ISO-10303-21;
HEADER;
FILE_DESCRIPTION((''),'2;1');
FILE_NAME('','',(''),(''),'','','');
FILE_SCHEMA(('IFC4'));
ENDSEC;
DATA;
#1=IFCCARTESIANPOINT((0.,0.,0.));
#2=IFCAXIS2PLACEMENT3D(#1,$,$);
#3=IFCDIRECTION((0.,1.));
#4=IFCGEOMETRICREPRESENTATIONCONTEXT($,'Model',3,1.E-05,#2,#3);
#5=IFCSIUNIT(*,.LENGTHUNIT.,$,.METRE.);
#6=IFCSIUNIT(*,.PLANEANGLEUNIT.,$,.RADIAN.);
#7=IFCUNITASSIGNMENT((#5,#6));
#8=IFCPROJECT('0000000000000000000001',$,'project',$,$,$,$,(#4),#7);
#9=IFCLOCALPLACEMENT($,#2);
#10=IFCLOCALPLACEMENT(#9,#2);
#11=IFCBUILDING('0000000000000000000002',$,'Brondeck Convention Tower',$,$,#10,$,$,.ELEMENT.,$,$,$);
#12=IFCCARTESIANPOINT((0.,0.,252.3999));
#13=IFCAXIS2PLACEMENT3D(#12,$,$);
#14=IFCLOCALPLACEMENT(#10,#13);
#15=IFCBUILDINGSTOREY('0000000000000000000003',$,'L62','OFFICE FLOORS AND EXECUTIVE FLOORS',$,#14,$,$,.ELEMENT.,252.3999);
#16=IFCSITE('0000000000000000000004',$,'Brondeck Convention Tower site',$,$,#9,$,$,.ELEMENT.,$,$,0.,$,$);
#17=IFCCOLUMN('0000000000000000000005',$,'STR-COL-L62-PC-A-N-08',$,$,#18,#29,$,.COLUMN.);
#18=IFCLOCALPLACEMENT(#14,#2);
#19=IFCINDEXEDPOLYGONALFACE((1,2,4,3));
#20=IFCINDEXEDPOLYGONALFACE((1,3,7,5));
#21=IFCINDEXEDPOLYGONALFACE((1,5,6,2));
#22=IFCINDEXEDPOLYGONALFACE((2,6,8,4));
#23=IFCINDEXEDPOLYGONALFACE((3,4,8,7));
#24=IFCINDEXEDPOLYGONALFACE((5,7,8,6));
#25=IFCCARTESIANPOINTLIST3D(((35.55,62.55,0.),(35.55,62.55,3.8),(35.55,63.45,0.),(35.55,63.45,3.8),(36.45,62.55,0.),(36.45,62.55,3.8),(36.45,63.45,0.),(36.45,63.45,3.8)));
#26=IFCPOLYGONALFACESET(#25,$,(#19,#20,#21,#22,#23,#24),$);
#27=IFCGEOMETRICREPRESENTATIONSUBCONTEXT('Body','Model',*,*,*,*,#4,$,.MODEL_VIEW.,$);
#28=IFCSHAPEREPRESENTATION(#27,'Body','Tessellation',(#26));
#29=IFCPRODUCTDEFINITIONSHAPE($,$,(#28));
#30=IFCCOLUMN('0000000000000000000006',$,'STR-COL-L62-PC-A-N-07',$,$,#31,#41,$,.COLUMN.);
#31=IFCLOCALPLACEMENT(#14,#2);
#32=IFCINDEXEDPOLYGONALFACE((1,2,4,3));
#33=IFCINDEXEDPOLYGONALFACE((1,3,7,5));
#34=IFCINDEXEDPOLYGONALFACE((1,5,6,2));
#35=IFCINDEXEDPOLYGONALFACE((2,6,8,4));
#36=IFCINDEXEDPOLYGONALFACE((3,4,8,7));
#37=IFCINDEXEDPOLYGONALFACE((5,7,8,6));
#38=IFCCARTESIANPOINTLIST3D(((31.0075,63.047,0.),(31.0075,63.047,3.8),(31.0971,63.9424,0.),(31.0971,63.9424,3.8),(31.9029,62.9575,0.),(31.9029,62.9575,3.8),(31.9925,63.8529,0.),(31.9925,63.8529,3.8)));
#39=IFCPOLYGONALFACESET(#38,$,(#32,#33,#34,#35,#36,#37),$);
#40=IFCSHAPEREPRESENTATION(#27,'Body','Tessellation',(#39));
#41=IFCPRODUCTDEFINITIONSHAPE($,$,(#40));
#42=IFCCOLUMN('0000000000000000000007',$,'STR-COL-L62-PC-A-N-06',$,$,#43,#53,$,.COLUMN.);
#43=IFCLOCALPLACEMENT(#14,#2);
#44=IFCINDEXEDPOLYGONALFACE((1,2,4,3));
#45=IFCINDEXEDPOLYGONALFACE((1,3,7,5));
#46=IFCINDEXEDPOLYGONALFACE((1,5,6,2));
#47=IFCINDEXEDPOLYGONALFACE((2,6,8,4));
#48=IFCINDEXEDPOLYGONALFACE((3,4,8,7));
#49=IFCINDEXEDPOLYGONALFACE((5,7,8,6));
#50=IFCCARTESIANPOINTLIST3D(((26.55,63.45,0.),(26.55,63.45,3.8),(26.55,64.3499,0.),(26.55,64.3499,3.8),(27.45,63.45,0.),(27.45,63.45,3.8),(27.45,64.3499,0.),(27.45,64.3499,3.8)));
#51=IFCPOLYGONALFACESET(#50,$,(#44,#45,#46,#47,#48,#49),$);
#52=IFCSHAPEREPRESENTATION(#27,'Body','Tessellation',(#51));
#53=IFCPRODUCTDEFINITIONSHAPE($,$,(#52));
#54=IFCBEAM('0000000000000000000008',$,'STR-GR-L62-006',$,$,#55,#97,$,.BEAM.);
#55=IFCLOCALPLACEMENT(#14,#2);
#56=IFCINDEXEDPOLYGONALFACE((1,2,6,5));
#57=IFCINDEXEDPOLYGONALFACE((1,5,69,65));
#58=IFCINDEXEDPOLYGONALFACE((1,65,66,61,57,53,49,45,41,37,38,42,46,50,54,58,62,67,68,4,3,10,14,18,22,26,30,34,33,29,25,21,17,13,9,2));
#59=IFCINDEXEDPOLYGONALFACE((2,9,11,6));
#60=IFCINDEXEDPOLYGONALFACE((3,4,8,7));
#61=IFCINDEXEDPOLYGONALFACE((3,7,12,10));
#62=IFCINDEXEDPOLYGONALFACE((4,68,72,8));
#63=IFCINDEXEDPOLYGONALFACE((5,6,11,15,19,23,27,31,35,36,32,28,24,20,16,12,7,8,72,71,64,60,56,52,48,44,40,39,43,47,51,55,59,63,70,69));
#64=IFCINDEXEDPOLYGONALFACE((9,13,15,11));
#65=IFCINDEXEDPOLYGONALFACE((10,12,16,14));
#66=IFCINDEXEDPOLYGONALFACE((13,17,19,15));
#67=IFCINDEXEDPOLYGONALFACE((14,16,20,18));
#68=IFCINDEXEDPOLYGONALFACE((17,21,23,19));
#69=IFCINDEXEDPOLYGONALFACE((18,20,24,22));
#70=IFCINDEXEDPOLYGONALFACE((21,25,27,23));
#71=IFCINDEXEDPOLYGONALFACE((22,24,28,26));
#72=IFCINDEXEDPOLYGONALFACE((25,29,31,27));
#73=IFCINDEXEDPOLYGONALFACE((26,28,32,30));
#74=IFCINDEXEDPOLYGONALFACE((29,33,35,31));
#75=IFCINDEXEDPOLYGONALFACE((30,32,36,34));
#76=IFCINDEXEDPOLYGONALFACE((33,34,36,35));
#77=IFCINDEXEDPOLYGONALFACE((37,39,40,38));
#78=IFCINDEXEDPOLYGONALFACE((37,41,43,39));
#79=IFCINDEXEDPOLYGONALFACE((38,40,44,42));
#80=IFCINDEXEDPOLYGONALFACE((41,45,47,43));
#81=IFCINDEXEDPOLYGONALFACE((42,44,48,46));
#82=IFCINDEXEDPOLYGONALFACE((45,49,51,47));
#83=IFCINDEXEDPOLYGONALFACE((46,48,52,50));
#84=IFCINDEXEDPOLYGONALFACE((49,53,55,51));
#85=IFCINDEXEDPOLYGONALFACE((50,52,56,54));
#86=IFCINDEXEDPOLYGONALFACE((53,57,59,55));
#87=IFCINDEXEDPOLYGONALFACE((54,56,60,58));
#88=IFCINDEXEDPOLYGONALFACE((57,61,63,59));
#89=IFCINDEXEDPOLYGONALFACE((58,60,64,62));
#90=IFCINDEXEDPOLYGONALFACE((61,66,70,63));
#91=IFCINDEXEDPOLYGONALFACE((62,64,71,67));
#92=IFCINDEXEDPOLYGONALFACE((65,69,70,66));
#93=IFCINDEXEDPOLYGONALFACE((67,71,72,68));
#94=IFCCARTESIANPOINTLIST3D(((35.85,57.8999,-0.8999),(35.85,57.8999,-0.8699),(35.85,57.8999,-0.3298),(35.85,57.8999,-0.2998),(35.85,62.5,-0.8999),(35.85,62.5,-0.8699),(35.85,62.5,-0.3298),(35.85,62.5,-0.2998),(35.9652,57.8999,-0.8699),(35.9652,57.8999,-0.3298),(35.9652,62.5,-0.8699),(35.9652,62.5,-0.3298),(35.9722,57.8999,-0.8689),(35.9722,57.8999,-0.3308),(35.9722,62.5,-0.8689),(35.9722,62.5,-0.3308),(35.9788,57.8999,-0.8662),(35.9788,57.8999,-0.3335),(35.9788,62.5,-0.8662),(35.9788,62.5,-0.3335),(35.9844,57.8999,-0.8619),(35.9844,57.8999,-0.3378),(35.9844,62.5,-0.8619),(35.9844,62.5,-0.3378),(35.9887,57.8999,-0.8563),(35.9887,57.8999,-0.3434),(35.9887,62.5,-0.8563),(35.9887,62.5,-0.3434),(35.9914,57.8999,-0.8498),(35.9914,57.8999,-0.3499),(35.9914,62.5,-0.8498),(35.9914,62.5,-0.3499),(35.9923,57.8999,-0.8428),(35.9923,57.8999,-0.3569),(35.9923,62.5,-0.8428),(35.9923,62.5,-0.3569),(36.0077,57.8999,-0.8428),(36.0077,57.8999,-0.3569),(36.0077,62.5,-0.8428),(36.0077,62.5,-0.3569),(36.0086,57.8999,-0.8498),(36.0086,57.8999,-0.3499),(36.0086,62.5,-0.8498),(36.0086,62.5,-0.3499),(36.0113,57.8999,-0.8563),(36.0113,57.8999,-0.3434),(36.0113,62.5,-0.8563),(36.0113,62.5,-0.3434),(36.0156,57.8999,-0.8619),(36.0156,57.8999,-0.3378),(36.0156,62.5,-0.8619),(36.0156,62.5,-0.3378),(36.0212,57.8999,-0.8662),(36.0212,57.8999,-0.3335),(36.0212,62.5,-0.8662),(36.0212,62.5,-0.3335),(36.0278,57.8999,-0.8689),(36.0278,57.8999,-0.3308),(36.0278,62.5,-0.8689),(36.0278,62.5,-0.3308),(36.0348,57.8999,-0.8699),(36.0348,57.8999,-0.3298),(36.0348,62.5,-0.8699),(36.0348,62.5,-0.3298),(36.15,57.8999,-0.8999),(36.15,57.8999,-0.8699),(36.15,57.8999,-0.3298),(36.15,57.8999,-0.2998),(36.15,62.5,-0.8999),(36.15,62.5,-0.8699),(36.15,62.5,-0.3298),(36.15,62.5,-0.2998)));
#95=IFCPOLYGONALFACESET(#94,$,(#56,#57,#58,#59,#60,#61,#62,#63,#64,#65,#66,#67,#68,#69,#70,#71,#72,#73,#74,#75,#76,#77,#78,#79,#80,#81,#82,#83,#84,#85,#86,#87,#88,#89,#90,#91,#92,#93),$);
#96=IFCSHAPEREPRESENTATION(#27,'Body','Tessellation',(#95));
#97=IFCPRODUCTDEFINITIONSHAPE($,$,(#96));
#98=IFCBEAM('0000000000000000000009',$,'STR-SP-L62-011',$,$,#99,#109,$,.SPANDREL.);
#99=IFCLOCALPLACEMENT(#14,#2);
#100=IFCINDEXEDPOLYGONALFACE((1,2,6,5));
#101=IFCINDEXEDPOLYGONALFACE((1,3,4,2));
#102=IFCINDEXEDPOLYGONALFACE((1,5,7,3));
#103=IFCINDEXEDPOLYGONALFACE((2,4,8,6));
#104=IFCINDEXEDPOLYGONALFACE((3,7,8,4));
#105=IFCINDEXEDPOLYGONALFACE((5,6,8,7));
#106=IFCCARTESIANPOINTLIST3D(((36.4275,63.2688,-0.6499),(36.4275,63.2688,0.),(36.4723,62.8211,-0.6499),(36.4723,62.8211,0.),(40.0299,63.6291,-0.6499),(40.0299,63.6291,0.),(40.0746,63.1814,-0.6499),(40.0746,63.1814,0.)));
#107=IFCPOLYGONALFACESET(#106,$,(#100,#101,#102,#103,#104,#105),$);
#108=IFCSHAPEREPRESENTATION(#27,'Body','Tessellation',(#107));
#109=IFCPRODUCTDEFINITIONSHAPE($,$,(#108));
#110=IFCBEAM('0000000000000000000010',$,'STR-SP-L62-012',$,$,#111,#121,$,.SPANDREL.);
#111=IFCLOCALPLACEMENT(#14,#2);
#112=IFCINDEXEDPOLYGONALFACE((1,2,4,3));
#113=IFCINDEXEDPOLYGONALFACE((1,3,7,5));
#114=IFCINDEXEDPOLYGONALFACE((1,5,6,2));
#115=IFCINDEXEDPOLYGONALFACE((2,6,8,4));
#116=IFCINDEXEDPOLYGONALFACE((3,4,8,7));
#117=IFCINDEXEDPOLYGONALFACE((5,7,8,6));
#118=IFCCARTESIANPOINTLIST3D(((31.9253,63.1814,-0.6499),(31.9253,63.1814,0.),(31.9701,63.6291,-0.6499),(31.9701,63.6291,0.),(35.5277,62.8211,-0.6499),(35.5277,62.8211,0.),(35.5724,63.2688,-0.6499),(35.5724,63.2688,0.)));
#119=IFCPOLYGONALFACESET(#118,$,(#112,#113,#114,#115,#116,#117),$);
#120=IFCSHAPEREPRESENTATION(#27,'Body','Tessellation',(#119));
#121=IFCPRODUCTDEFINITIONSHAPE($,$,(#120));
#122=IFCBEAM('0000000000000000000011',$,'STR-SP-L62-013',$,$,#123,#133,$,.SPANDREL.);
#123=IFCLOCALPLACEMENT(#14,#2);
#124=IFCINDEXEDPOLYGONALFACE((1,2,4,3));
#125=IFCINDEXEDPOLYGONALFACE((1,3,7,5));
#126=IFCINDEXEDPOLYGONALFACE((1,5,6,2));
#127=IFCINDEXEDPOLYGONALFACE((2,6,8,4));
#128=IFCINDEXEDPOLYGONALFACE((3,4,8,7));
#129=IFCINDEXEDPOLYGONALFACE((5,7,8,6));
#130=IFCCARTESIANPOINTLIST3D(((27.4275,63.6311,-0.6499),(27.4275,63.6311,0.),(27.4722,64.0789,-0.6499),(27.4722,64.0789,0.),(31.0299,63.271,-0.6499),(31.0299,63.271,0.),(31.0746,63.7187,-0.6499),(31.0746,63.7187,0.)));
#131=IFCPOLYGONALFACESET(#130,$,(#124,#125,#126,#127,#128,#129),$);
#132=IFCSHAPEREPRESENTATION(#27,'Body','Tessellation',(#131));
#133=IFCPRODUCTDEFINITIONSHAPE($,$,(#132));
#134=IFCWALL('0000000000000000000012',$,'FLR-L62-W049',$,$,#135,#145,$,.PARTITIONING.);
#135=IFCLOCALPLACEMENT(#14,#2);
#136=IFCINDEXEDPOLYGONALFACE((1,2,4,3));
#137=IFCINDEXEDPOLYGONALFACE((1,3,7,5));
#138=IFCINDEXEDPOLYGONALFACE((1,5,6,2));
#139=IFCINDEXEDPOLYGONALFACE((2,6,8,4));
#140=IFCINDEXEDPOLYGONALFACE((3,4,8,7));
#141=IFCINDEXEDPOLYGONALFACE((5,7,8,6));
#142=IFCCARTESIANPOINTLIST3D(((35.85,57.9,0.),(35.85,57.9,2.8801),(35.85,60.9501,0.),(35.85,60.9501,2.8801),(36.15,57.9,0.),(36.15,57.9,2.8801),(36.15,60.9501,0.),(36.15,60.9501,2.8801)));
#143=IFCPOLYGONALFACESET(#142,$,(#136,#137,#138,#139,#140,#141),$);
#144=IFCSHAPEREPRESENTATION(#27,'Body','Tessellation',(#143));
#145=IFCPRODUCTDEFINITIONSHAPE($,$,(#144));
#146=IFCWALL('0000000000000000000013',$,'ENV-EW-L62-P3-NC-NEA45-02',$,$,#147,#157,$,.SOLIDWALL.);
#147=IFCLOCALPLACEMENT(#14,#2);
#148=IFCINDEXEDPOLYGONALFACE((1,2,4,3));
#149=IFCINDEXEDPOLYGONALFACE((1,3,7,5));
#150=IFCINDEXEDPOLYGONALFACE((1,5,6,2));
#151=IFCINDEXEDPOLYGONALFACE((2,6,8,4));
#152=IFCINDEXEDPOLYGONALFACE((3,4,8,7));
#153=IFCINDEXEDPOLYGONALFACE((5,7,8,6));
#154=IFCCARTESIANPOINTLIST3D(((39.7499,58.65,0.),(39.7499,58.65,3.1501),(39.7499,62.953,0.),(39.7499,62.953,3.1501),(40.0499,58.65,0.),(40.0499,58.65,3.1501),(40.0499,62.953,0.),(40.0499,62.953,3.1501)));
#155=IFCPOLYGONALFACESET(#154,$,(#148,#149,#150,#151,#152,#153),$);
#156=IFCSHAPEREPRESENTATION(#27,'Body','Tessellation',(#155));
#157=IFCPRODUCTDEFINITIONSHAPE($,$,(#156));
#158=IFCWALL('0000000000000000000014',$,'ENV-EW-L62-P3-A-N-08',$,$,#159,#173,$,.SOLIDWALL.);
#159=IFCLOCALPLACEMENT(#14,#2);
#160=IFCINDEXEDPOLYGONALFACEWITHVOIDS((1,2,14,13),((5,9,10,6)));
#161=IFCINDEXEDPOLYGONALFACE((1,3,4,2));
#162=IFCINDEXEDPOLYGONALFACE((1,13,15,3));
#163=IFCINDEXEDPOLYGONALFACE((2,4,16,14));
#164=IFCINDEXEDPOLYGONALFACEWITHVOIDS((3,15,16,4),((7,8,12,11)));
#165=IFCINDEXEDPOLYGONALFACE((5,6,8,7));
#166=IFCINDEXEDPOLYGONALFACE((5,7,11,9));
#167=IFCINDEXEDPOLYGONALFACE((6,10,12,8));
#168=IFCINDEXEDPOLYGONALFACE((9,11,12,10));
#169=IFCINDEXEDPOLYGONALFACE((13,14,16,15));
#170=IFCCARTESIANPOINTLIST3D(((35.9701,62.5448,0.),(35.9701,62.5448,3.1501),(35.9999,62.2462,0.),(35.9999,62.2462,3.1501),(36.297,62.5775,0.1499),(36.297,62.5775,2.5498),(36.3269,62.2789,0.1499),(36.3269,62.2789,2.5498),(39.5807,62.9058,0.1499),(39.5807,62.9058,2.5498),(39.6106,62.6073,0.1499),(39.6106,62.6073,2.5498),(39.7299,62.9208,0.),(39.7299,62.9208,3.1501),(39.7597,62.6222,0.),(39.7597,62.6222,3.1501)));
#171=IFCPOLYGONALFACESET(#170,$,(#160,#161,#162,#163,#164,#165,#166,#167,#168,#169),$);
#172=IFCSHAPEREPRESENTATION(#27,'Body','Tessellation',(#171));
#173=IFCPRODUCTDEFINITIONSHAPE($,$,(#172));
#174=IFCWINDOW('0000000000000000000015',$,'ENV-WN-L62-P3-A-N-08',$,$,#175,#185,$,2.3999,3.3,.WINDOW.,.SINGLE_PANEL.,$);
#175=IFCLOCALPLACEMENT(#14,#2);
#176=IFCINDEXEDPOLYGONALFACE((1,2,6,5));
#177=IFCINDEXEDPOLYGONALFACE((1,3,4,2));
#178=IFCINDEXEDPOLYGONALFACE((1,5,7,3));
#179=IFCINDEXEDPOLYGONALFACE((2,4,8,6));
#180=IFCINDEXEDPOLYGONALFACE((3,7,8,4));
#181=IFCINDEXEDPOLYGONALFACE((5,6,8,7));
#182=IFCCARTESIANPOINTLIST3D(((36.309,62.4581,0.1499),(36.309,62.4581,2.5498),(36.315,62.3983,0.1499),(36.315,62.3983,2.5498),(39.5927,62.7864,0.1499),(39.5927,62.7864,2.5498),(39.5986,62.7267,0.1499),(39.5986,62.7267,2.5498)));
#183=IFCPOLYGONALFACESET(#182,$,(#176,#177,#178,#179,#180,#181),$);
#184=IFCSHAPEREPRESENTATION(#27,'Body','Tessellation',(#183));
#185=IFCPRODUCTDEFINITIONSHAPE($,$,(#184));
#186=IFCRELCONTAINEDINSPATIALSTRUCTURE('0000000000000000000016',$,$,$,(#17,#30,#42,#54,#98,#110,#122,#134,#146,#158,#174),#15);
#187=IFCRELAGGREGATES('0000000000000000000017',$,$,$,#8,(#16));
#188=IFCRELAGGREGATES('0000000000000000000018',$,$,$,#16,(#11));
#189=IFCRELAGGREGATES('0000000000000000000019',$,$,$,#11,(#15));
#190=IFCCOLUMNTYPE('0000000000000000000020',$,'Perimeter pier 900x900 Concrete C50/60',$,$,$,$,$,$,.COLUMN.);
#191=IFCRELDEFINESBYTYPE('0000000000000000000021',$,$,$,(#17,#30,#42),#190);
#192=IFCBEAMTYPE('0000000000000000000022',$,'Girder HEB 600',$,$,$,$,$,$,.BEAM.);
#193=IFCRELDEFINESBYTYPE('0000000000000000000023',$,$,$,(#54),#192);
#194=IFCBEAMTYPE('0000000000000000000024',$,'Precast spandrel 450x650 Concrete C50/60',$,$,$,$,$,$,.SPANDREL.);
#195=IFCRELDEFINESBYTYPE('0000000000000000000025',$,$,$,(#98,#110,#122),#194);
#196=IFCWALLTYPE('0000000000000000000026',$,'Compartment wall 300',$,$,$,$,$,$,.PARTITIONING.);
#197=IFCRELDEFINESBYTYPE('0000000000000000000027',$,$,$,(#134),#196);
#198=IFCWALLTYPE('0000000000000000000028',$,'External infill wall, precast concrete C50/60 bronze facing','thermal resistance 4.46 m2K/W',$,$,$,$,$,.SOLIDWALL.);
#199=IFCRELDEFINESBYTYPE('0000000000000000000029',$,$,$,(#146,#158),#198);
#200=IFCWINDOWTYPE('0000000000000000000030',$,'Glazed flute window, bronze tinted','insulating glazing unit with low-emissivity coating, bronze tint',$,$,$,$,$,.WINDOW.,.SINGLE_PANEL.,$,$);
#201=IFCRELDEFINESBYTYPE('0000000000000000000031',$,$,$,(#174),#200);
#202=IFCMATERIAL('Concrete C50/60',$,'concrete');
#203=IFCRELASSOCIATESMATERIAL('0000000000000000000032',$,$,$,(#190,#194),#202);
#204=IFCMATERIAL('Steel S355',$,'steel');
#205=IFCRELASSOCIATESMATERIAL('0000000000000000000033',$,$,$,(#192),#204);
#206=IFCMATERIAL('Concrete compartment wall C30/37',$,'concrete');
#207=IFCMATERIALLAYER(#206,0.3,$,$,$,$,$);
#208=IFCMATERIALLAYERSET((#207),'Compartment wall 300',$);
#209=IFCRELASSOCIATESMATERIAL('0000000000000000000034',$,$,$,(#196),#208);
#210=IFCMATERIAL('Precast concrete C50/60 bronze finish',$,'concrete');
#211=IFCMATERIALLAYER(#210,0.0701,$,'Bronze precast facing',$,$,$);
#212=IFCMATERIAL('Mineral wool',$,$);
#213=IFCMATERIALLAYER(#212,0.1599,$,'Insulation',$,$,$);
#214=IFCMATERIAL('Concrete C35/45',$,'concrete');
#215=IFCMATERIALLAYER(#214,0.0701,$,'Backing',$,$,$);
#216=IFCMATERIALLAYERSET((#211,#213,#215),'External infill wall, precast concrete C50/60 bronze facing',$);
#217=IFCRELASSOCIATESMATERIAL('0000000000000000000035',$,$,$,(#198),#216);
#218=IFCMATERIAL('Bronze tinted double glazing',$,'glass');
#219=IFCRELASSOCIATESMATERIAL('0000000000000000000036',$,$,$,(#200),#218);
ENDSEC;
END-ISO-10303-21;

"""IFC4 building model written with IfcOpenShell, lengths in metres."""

from ifc_helpers import new_model, si_unit, direction, frame, frame_2d, origin, origin_2d, place, context, subcontext, project, spatial, rectangle, i_section, extrude, material, layer, layer_set, material_profile, profile_set, type_object, element, fill, save


model = new_model("IFC4")

# Units and contexts
model_context = context("Model", 3, precision=1e-05, world=origin(), true_north=direction((0.0, 1.0)))
body_context = subcontext(model_context, "Body", "Model", "MODEL_VIEW")
ifc_project = project(units=[si_unit("LENGTHUNIT", "METRE"), si_unit("PLANEANGLEUNIT", "RADIAN")], contexts=[model_context])

# Site, building, storey
site_placement = place(None, origin())
site = spatial("IfcSite", under=ifc_project, at=site_placement, Name="Brondeck Convention Tower site", CompositionType="ELEMENT", RefElevation=0.0)
building_placement = place(site_placement, origin())
building = spatial("IfcBuilding", under=site, at=building_placement, Name="Brondeck Convention Tower", CompositionType="ELEMENT")
storey_placement = place(building_placement, frame((0.0, 0.0, 252.3999)))
storey = spatial("IfcBuildingStorey", under=building, at=storey_placement, Name="L62", Description="OFFICE FLOORS AND EXECUTIVE FLOORS", CompositionType="ELEMENT", Elevation=252.3999)

# Columns
ifc_material_1 = material(Name="Concrete C50/60", Category="concrete")
ifc_material_profile_1 = material_profile(ifc_material_1, rectangle(XDim=0.8999, YDim=0.8999, at=origin_2d()), Name="Perimeter pier 900x900 Concrete C50/60")
ifc_profile_set_1 = profile_set([ifc_material_profile_1], Name="Concrete C50/60")
column_type = type_object("IfcColumnType", Name="Perimeter pier 900x900 Concrete C50/60", PredefinedType="COLUMN", material=ifc_profile_set_1)
for number, where, z_axis, x_axis, name in (
    (1, (36.0, 63.0, 0.0), (0.0, 0.0, 1.0), (-1.0, 0.0, 0.0), "STR-COL-L62-PC-A-N-08"),
    (2, (31.5, 63.45, 0.0), (0.0, 0.0, 1.0), (-0.995037, 0.099504, 0.0), "STR-COL-L62-PC-A-N-07"),
    (3, (27.0, 63.8999, 0.0), (0.0, 0.0, 1.0), (-1.0, 0.0, 0.0), "STR-COL-L62-PC-A-N-06"),
):
    element("IfcColumn", number, at=place(storey_placement, frame(where, z_axis=z_axis, x_axis=x_axis)), inside=storey, type_object=column_type, Name=name, PredefinedType="COLUMN", context=body_context, shape_type="SweptSolid", body=[
        extrude(rectangle(XDim=0.8999, YDim=0.8999, at=origin_2d()), origin(), (0.0, 0.0, 1.0), 3.8),
    ])

# Beams
ifc_material_2 = material(Name="Steel S355", Category="steel")
ifc_material_profile_2 = material_profile(ifc_material_2, i_section(OverallWidth=0.3, OverallDepth=0.6001, WebThickness=0.0154, FlangeThickness=0.03, FilletRadius=0.0271, at=origin_2d()), Name="HEB 600")
ifc_profile_set_2 = profile_set([ifc_material_profile_2], Name="Steel S355")
beam_type_1 = type_object("IfcBeamType", Name="Girder HEB 600", PredefinedType="BEAM", material=ifc_profile_set_2)
beam_placement = place(storey_placement, frame((36.0, 57.8999, -0.5999), z_axis=(0.0, 1.0, 0.0), x_axis=(-1.0, 0.0, 0.0)))
element("IfcBeam", 4, at=beam_placement, inside=storey, type_object=beam_type_1, Name="STR-GR-L62-006", PredefinedType="BEAM", context=body_context, shape_type="SweptSolid", body=[
    extrude(i_section(OverallWidth=0.3, OverallDepth=0.6001, WebThickness=0.0154, FlangeThickness=0.03, FilletRadius=0.0271, at=origin_2d()), origin(), (0.0, 0.0, 1.0), 4.6001),
])
ifc_material_profile_3 = material_profile(ifc_material_1, rectangle(XDim=0.45, YDim=0.6499, at=origin_2d()), Name="Precast spandrel 450x650 Concrete C50/60")
ifc_profile_set_3 = profile_set([ifc_material_profile_3], Name="Concrete C50/60")
beam_type_2 = type_object("IfcBeamType", Name="Precast spandrel 450x650 Concrete C50/60", PredefinedType="SPANDREL", material=ifc_profile_set_3)
for number, where, z_axis, x_axis, name in (
    (5, (40.0522, 63.4053, -0.325), (-0.995034, -0.099537, 0.0), (0.099537, -0.995034, 0.0), "STR-SP-L62-011"),
    (6, (35.55, 63.0449, -0.325), (-0.995034, 0.099537, 0.0), (-0.099537, -0.995034, 0.0), "STR-SP-L62-012"),
    (7, (31.0522, 63.4949, -0.325), (-0.995041, 0.09947, 0.0), (-0.09947, -0.995041, 0.0), "STR-SP-L62-013"),
):
    element("IfcBeam", number, at=place(storey_placement, frame(where, z_axis=z_axis, x_axis=x_axis)), inside=storey, type_object=beam_type_2, Name=name, PredefinedType="SPANDREL", context=body_context, shape_type="SweptSolid", body=[
        extrude(rectangle(XDim=0.45, YDim=0.6499, at=origin_2d()), origin(), (0.0, 0.0, 1.0), 3.6204),
    ])

# Walls
ifc_material_3 = material(Name="Concrete compartment wall C30/37", Category="concrete")
ifc_layer_1 = layer(ifc_material_3, 0.3)
ifc_layer_set_1 = layer_set([ifc_layer_1], Name="Compartment wall 300")
wall_type_1 = type_object("IfcWallType", Name="Compartment wall 300", PredefinedType="PARTITIONING", material=ifc_layer_set_1)
wall_1_placement = place(storey_placement, frame((36.0, 60.95, 0.0), z_axis=(0.0, 0.0, 1.0), x_axis=(0.0, -1.0, 0.0)))
element("IfcWall", 8, at=wall_1_placement, inside=storey, type_object=wall_type_1, Name="FLR-L62-W049", PredefinedType="PARTITIONING", context=body_context, shape_type="SweptSolid", body=[
    extrude(rectangle(XDim=3.05, YDim=0.3, at=frame_2d((1.5249, 0.0))), origin(), (0.0, 0.0, 1.0), 2.8801),
])
ifc_material_4 = material(Name="Precast concrete C50/60 bronze finish", Category="concrete")
ifc_layer_2 = layer(ifc_material_4, 0.0701, Name="Bronze precast facing")
ifc_material_5 = material(Name="Mineral wool")
ifc_layer_3 = layer(ifc_material_5, 0.1599, Name="Insulation")
ifc_material_6 = material(Name="Concrete C35/45", Category="concrete")
ifc_layer_4 = layer(ifc_material_6, 0.0701, Name="Backing")
ifc_layer_set_2 = layer_set([ifc_layer_2, ifc_layer_3, ifc_layer_4], Name="External infill wall, precast concrete C50/60 bronze facing")
wall_type_2 = type_object("IfcWallType", Name="External infill wall, precast concrete C50/60 bronze facing", Description="thermal resistance 4.46 m2K/W", PredefinedType="SOLIDWALL", material=ifc_layer_set_2)
wall_2_placement = place(storey_placement, frame((39.8999, 62.9529, 0.0), z_axis=(0.0, 0.0, 1.0), x_axis=(0.0, -1.0, 0.0)))
element("IfcWall", 9, at=wall_2_placement, inside=storey, type_object=wall_type_2, Name="ENV-EW-L62-P3-NC-NEA45-02", PredefinedType="SOLIDWALL", context=body_context, shape_type="SweptSolid", body=[
    extrude(rectangle(XDim=4.303, YDim=0.3, at=frame_2d((2.1514, 0.0))), origin(), (0.0, 0.0, 1.0), 3.1501),
])

# Wall, opening, window
wall_3_placement = place(storey_placement, frame((35.9851, 62.3955, 0.0), z_axis=(0.0, 0.0, 1.0), x_axis=(0.995037, 0.099504, 0.0)))
wall_3 = element("IfcWall", 10, at=wall_3_placement, inside=storey, type_object=wall_type_2, Name="ENV-EW-L62-P3-A-N-08", PredefinedType="SOLIDWALL", context=body_context, shape_type="SweptSolid", body=[
    extrude(rectangle(XDim=3.7786, YDim=0.3, at=frame_2d((1.8892, 0.0))), origin(), (0.0, 0.0, 1.0), 3.1501),
])
opening_1_placement = place(wall_3_placement, frame((0.3286, 0.0, 0.1499)))
opening_1 = element("IfcOpeningElement", 11, at=opening_1_placement, cuts=wall_3, PredefinedType="OPENING", context=body_context, shape_type="SweptSolid", body=[
    extrude(rectangle(XDim=3.3, YDim=2.3999, at=frame_2d((1.6499, 1.2))), frame((0.0, 0.1599, 0.0), z_axis=(0.0, -1.0, 0.0), x_axis=(1.0, 0.0, 0.0)), (0.0, 0.0, 1.0), 0.3201),
])
ifc_material_7 = material(Name="Bronze tinted double glazing", Category="glass")
window_type_1 = type_object("IfcWindowType", Name="Glazed flute window, bronze tinted", Description="insulating glazing unit with low-emissivity coating, bronze tint", PartitioningType="SINGLE_PANEL", PredefinedType="WINDOW", material=ifc_material_7)
window_1_placement = place(opening_1_placement, origin())
window_1 = element("IfcWindow", 12, at=window_1_placement, inside=storey, type_object=window_type_1, Name="ENV-WN-L62-P3-A-N-08", OverallHeight=2.3999, OverallWidth=3.3, PartitioningType="SINGLE_PANEL", PredefinedType="WINDOW", context=body_context, shape_type="SweptSolid", body=[
    extrude(rectangle(XDim=3.3, YDim=2.3999, at=frame_2d((1.6499, 1.2))), frame((0.0, 0.03, 0.0), z_axis=(0.0, -1.0, 0.0), x_axis=(1.0, 0.0, 0.0)), (0.0, 0.0, 1.0), 0.0601),
])
fill(opening_1, window_1)

save(model, "model.ifc")
